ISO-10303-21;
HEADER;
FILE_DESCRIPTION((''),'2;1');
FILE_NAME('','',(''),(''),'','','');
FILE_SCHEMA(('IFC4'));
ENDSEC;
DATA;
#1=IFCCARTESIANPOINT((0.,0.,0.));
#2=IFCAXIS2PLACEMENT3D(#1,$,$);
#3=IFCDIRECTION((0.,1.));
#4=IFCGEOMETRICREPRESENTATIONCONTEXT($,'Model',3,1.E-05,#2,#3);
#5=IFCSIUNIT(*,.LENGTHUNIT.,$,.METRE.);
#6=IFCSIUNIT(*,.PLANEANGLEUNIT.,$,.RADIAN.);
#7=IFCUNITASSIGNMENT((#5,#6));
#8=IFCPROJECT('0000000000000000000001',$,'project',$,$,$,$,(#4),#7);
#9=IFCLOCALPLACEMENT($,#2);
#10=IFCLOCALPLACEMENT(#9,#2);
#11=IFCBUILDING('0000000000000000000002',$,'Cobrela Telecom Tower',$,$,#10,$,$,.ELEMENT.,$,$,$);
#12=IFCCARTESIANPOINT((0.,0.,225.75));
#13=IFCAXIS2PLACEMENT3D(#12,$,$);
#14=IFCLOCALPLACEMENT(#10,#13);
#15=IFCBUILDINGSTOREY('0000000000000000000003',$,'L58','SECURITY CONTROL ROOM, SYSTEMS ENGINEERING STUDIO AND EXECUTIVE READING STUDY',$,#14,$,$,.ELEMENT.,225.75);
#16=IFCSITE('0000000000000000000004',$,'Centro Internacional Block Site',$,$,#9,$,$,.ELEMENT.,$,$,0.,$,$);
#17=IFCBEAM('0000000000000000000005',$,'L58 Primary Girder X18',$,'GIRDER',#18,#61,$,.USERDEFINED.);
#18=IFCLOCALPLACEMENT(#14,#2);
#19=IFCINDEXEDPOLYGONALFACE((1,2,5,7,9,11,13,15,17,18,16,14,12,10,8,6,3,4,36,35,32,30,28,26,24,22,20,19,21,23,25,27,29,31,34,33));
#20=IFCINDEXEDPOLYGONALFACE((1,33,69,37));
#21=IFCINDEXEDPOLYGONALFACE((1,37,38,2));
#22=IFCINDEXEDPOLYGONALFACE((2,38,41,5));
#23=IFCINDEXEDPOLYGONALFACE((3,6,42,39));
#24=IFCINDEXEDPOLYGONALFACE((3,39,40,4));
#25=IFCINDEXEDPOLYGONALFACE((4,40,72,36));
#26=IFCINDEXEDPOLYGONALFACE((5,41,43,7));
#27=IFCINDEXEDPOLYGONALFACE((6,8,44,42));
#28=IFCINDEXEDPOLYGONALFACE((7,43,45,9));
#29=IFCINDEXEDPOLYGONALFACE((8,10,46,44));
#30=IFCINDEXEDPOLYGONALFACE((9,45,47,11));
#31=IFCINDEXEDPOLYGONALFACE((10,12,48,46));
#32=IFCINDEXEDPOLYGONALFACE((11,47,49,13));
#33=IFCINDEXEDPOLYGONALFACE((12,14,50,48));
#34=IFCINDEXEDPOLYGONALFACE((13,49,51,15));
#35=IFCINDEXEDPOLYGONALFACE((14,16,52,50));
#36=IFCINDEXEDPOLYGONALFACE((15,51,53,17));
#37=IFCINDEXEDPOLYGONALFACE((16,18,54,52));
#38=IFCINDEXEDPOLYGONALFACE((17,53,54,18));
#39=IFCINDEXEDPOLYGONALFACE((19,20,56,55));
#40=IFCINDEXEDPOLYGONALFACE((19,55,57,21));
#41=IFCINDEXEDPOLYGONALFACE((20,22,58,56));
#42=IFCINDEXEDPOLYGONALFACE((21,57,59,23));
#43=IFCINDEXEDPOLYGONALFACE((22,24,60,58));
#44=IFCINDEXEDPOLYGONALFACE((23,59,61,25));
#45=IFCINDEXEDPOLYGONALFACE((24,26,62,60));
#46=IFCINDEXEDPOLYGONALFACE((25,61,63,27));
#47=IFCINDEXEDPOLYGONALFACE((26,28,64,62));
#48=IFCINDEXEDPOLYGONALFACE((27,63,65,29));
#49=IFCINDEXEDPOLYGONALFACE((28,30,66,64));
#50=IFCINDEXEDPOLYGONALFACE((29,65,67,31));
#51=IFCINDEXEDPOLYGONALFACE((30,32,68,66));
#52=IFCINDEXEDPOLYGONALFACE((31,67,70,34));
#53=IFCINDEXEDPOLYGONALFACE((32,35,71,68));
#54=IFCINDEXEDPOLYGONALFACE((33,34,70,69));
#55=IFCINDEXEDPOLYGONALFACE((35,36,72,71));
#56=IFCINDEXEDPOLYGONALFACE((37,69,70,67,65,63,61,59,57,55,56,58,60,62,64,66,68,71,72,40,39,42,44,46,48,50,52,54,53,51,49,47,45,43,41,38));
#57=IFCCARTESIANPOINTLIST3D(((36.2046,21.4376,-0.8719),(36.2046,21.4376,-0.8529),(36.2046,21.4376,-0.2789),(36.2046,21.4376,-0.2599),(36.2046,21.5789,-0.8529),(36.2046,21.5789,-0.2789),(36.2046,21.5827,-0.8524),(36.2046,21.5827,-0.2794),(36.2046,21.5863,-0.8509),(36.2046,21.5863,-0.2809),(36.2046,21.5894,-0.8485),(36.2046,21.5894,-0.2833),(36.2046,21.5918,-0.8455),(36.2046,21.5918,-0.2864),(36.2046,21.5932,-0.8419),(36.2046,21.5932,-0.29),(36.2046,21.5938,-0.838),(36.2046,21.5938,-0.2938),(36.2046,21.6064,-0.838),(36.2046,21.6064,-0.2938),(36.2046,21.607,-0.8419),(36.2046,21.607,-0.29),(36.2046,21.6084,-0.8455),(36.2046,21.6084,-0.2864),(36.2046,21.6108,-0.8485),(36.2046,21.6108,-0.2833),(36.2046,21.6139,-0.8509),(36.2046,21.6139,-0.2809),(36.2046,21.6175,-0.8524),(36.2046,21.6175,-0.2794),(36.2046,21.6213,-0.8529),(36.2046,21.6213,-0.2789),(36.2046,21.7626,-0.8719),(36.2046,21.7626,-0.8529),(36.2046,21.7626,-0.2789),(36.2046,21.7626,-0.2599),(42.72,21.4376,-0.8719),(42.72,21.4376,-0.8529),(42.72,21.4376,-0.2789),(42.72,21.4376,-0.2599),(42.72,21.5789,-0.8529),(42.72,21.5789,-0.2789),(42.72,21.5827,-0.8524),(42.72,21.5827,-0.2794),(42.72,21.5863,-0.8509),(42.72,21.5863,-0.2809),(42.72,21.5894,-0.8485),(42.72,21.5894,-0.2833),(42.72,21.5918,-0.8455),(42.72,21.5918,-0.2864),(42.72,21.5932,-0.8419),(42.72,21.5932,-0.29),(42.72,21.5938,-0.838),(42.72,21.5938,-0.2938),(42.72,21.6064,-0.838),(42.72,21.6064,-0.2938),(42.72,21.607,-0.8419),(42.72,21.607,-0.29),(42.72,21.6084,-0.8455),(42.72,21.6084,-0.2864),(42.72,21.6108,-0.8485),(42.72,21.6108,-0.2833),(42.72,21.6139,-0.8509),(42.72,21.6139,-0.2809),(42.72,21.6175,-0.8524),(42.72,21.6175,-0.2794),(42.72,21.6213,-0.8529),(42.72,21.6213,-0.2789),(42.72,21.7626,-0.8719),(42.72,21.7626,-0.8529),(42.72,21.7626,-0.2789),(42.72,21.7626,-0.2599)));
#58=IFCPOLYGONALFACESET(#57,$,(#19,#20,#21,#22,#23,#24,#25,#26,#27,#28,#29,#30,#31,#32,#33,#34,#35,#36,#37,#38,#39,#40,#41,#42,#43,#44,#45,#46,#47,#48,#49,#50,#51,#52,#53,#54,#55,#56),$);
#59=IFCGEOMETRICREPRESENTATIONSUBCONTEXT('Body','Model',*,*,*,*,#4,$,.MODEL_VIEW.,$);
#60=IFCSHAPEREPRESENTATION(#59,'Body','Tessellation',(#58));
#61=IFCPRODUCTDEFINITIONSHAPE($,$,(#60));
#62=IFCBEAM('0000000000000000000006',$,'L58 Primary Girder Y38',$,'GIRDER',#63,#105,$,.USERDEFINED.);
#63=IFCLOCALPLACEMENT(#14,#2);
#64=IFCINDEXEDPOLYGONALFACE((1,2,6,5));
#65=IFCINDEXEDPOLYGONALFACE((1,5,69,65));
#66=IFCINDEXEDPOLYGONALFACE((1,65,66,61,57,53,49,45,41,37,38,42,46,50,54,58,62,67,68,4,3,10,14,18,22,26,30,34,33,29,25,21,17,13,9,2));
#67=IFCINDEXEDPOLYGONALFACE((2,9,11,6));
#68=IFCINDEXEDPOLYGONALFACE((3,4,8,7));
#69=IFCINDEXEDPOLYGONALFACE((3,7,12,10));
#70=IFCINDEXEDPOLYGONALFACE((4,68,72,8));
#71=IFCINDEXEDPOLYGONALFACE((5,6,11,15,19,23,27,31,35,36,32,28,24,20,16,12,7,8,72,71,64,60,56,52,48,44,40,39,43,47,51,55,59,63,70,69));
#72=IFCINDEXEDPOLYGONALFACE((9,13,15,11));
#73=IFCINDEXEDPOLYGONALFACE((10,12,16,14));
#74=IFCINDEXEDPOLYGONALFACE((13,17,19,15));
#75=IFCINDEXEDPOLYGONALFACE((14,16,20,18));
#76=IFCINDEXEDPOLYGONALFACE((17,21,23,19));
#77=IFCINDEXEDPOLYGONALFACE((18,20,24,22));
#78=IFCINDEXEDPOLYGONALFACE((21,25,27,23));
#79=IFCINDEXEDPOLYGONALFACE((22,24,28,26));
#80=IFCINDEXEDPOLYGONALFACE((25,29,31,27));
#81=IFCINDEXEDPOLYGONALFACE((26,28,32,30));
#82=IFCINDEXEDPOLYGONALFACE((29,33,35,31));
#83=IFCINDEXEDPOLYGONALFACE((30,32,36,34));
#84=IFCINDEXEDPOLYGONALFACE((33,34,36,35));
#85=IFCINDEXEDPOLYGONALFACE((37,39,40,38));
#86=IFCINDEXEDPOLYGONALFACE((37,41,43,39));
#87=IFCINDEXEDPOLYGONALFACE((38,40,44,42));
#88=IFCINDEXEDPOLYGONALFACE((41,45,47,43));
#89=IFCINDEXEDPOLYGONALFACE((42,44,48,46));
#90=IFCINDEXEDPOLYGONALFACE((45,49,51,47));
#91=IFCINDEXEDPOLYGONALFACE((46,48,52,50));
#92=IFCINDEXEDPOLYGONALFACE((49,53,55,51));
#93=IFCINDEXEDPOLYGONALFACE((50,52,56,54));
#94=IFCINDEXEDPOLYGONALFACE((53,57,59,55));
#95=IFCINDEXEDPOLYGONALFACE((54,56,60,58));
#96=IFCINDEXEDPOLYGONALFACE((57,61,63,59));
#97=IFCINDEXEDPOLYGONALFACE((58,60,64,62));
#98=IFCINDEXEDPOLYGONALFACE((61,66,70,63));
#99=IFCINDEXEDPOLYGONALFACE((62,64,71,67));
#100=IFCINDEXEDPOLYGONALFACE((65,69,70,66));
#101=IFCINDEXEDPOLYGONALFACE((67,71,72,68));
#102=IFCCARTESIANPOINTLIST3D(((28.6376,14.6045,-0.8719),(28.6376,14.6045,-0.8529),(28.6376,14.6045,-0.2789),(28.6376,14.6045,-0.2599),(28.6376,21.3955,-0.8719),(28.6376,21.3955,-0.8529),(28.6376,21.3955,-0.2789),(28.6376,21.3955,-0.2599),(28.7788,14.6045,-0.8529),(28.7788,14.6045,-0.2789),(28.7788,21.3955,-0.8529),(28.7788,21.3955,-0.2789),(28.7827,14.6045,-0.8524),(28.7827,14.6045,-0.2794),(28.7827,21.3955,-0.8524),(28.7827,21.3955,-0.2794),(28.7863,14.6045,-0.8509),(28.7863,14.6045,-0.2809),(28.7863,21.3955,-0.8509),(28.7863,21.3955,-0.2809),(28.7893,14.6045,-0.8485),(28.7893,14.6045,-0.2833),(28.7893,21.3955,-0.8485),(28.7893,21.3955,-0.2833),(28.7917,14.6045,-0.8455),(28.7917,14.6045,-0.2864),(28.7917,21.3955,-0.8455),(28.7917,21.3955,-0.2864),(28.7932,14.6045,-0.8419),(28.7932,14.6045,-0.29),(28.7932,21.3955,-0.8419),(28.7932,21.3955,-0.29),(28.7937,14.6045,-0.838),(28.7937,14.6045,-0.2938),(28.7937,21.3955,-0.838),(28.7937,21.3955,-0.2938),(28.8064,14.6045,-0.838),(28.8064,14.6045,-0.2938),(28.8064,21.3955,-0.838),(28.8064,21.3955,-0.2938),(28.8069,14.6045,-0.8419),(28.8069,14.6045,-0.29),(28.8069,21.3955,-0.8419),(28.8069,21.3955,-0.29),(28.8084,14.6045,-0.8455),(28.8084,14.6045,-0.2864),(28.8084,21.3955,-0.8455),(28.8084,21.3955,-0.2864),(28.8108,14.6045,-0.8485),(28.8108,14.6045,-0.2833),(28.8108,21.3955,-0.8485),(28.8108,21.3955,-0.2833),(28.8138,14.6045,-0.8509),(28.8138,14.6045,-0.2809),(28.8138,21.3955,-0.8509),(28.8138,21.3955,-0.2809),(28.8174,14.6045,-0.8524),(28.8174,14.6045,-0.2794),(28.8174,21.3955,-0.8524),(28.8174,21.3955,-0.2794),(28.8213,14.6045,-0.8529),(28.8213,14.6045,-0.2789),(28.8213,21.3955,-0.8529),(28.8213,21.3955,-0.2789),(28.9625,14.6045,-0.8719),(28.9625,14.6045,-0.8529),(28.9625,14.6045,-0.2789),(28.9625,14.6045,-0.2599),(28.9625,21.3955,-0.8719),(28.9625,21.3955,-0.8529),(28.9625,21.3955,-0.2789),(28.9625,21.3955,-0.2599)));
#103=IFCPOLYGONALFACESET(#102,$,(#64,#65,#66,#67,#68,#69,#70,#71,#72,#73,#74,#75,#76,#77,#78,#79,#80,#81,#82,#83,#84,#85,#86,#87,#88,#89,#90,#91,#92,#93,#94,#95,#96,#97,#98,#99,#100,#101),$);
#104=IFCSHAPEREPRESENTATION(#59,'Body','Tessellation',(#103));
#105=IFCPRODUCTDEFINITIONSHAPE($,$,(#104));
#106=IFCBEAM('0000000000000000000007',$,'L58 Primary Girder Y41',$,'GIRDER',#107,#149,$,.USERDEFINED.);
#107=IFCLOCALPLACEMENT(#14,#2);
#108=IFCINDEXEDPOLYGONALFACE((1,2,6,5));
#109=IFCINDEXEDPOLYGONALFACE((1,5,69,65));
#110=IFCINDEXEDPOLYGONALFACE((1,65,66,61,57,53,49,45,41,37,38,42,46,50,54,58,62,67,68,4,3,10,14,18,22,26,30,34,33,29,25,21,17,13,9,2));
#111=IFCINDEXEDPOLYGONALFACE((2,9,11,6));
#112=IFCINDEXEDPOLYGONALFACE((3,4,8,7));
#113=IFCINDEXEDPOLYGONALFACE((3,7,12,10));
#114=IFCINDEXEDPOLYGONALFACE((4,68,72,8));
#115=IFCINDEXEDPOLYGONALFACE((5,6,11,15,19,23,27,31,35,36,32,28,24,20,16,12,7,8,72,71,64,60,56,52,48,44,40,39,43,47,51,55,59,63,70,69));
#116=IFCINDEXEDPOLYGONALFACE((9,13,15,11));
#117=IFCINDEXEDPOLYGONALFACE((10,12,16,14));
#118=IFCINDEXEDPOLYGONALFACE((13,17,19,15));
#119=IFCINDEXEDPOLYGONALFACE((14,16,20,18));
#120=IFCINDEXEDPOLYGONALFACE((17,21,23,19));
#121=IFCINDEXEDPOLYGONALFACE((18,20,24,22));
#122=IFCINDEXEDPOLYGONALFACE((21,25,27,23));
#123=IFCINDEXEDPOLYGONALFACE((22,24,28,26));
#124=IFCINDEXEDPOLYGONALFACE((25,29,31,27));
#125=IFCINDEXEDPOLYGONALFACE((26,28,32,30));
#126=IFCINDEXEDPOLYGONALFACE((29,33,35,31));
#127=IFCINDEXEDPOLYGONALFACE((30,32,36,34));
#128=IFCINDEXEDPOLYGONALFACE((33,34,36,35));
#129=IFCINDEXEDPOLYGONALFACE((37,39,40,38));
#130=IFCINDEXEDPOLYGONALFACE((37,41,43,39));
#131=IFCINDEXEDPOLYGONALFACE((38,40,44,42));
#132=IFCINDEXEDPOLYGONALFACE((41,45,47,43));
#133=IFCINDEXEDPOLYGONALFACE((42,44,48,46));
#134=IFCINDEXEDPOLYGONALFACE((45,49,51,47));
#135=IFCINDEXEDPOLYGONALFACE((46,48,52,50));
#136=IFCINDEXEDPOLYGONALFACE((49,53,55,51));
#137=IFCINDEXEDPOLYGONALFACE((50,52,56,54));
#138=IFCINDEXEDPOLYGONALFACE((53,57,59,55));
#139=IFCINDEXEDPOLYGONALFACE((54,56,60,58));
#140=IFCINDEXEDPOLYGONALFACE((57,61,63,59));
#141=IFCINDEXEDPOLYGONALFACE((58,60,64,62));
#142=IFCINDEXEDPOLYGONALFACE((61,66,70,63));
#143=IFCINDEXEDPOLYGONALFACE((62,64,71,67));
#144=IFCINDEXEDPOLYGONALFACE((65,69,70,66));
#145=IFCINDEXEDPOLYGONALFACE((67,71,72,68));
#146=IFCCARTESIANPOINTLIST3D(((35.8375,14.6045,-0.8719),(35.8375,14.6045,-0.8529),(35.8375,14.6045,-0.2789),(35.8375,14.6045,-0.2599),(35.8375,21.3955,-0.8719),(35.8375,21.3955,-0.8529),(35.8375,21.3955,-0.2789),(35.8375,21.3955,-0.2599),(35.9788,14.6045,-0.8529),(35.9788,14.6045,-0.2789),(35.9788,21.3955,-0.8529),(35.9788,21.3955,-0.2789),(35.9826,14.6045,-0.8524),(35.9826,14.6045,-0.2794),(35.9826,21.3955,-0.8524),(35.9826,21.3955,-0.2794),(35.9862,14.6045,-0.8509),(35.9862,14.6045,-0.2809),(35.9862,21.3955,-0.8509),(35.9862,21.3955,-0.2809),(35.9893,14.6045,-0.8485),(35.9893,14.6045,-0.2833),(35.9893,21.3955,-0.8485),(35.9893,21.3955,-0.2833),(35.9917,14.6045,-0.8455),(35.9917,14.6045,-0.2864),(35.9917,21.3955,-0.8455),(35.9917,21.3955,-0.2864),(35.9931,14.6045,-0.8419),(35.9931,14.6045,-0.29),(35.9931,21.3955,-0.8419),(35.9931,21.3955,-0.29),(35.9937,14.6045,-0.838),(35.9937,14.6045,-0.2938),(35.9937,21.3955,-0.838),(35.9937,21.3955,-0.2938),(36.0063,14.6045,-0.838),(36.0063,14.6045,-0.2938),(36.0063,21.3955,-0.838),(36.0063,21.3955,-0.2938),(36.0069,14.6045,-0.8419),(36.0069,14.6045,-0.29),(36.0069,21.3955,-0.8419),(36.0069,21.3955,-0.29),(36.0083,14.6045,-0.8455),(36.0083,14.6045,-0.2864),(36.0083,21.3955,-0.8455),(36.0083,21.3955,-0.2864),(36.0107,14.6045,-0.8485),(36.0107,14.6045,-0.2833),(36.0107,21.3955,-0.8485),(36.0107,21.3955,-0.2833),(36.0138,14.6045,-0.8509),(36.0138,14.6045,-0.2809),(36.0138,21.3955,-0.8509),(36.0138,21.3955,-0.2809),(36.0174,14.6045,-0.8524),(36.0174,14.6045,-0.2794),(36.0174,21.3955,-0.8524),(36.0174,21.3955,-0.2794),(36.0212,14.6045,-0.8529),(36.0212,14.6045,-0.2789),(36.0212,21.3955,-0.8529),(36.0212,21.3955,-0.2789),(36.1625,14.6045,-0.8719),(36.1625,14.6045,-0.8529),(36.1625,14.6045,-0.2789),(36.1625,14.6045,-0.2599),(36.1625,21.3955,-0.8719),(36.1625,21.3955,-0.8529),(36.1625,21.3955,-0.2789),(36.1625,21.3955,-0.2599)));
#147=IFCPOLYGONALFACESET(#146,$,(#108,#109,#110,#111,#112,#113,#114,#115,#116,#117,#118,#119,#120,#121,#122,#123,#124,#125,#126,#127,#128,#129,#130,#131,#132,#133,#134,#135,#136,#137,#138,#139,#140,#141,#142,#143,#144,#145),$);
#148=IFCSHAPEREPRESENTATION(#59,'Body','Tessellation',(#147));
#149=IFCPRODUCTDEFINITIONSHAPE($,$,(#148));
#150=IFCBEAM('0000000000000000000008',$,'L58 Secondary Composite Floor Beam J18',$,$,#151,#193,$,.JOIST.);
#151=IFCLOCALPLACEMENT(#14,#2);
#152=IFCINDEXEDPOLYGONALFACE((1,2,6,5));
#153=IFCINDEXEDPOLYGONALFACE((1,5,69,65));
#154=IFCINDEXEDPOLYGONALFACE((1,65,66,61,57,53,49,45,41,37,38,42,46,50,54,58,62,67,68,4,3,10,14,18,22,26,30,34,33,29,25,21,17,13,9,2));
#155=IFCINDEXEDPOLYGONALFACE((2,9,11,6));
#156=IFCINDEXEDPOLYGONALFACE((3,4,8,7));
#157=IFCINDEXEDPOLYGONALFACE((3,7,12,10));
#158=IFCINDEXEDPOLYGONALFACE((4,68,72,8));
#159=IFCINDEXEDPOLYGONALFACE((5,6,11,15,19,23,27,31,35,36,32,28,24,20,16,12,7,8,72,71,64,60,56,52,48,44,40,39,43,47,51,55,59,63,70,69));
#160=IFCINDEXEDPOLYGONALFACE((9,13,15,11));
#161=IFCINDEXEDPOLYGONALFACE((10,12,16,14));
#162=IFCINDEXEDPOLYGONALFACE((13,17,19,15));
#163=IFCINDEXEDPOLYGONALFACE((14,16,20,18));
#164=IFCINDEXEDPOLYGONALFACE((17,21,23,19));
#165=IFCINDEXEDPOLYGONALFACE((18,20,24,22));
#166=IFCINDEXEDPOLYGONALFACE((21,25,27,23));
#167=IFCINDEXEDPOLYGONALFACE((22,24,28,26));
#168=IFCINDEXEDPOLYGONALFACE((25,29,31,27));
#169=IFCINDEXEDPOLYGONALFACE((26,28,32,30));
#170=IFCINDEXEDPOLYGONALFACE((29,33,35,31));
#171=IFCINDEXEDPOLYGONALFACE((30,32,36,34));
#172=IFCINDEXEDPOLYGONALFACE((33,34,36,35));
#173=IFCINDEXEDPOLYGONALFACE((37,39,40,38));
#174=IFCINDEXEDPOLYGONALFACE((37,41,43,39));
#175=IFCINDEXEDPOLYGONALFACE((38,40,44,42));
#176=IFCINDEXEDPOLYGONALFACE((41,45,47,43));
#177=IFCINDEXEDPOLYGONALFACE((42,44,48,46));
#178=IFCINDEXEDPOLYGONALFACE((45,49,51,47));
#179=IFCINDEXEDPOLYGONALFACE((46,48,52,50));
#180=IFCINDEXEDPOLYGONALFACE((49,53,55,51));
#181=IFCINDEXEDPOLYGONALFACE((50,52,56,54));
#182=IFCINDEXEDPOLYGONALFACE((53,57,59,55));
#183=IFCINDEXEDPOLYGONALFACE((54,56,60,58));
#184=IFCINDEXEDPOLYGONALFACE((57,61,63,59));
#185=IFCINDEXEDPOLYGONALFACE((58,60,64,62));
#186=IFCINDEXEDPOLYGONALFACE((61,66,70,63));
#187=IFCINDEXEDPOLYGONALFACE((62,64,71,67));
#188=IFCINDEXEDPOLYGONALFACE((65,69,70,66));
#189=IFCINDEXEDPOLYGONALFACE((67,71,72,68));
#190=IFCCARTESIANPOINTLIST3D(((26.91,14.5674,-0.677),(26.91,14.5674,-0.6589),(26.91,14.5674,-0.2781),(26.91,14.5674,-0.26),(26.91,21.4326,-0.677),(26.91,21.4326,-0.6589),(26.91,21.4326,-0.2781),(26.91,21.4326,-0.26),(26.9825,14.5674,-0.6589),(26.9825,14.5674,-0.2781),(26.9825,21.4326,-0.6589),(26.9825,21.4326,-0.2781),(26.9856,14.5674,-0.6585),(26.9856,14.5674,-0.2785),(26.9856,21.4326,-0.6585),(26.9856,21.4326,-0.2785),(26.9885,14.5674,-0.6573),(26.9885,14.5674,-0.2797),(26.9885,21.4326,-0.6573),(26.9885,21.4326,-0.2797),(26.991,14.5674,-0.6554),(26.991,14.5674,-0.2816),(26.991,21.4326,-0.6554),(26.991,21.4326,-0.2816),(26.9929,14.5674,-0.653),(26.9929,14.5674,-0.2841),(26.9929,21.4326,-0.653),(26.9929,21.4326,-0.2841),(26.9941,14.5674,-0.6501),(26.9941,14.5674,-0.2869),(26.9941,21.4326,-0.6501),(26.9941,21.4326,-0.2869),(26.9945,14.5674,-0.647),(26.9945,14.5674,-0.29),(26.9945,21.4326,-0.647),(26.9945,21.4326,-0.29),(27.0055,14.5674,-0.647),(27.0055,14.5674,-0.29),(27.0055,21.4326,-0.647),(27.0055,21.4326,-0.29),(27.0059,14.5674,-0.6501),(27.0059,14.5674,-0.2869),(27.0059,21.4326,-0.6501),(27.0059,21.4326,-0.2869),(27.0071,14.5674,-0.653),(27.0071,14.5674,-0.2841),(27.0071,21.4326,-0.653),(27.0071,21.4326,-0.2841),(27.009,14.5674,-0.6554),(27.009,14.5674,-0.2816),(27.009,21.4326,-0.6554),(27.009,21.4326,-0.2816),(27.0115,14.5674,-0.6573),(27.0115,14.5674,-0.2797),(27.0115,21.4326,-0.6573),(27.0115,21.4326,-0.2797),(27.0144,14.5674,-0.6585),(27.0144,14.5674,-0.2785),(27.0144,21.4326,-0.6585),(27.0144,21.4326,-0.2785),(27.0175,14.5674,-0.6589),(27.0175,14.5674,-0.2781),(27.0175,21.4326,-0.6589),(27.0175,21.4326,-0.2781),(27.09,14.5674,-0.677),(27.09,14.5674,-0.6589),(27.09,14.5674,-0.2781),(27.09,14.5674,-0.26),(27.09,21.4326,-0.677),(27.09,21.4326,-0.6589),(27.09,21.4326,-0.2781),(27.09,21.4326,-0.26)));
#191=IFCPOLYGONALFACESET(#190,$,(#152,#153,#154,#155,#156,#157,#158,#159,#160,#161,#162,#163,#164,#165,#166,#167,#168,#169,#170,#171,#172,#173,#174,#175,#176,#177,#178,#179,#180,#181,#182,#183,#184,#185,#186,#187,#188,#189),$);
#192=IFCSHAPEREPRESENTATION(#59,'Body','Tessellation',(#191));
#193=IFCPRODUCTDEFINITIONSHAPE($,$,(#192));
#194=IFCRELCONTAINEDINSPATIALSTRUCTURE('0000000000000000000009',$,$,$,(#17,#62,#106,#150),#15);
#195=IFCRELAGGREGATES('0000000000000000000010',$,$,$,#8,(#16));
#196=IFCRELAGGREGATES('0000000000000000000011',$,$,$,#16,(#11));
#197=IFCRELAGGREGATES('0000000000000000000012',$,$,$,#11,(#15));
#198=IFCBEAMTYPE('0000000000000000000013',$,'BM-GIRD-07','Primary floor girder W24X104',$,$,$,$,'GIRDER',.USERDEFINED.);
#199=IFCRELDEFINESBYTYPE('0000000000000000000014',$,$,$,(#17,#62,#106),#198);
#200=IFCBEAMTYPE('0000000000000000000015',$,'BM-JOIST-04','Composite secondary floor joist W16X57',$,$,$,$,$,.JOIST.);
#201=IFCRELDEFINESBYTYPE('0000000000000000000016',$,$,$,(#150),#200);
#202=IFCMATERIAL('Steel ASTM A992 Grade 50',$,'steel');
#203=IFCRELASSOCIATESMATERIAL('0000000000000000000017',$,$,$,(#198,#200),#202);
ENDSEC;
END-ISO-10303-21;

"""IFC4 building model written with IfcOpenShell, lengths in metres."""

from ifc_helpers import new_model, si_unit, direction, frame, origin, origin_2d, place, context, subcontext, project, spatial, i_section, extrude, material, material_profile, profile_set, type_object, element, save


model = new_model("IFC4")

# Units and contexts
model_context = context("Model", 3, precision=1e-05, world=origin(), true_north=direction((0.0, 1.0)))
body_context = subcontext(model_context, "Body", "Model", "MODEL_VIEW")
ifc_project = project(units=[si_unit("LENGTHUNIT", "METRE"), si_unit("PLANEANGLEUNIT", "RADIAN")], contexts=[model_context])

# Site, building, storey
site_placement = place(None, origin())
site = spatial("IfcSite", under=ifc_project, at=site_placement, Name="Centro Internacional Block Site", CompositionType="ELEMENT", RefElevation=0.0)
building_placement = place(site_placement, origin())
building = spatial("IfcBuilding", under=site, at=building_placement, Name="Cobrela Telecom Tower", CompositionType="ELEMENT")
storey_placement = place(building_placement, frame((0.0, 0.0, 225.75)))
storey = spatial("IfcBuildingStorey", under=building, at=storey_placement, Name="L58", Description="SECURITY CONTROL ROOM, SYSTEMS ENGINEERING STUDIO AND EXECUTIVE READING STUDY", CompositionType="ELEMENT", Elevation=225.75)

# Shared definitions
ifc_material_1 = material(Name="Steel ASTM A992 Grade 50", Category="steel")

# Beams
ifc_material_profile_1 = material_profile(ifc_material_1, i_section(OverallWidth=0.325, OverallDepth=0.6121, WebThickness=0.0127, FlangeThickness=0.019, FilletRadius=0.0149, at=origin_2d()), Name="W24X104")
ifc_profile_set_1 = profile_set([ifc_material_profile_1], Name="Steel ASTM A992 Grade 50")
beam_type_1 = type_object("IfcBeamType", Name="BM-GIRD-07", Description="Primary floor girder W24X104", ElementType="GIRDER", PredefinedType="USERDEFINED", material=ifc_profile_set_1)
beam_1_placement = place(storey_placement, frame((36.2046, 21.6001, -0.5659), z_axis=(1.0, 0.0, 0.0), x_axis=(0.0, 1.0, 0.0)))
element("IfcBeam", 1, at=beam_1_placement, inside=storey, type_object=beam_type_1, Name="L58 Primary Girder X18", ObjectType="GIRDER", PredefinedType="USERDEFINED", context=body_context, shape_type="SweptSolid", body=[
    extrude(i_section(OverallWidth=0.325, OverallDepth=0.6121, WebThickness=0.0127, FlangeThickness=0.019, FilletRadius=0.0149, at=origin_2d()), origin(), (0.0, 0.0, 1.0), 6.5154),
])
for number, where, z_axis, x_axis, name in (
    (2, (28.8, 14.6045, -0.5659), (0.0, 1.0, 0.0), (-1.0, 0.0, 0.0), "L58 Primary Girder Y38"),
    (3, (36.0, 14.6045, -0.5659), (0.0, 1.0, 0.0), (-1.0, 0.0, 0.0), "L58 Primary Girder Y41"),
):
    element("IfcBeam", number, at=place(storey_placement, frame(where, z_axis=z_axis, x_axis=x_axis)), inside=storey, type_object=beam_type_1, Name=name, ObjectType="GIRDER", PredefinedType="USERDEFINED", context=body_context, shape_type="SweptSolid", body=[
        extrude(i_section(OverallWidth=0.325, OverallDepth=0.6121, WebThickness=0.0127, FlangeThickness=0.019, FilletRadius=0.0149, at=origin_2d()), origin(), (0.0, 0.0, 1.0), 6.791),
    ])
ifc_material_profile_2 = material_profile(ifc_material_1, i_section(OverallWidth=0.1799, OverallDepth=0.417, WebThickness=0.011, FlangeThickness=0.0181, FilletRadius=0.012, at=origin_2d()), Name="W16X57")
ifc_profile_set_2 = profile_set([ifc_material_profile_2], Name="Steel ASTM A992 Grade 50")
beam_type_2 = type_object("IfcBeamType", Name="BM-JOIST-04", Description="Composite secondary floor joist W16X57", PredefinedType="JOIST", material=ifc_profile_set_2)
for number, where, z_axis, x_axis, name in (
    (4, (27.0, 14.5674, -0.4685), (0.0, 1.0, 0.0), (-1.0, 0.0, 0.0), "L58 Secondary Composite Floor Beam J18"),
):
    element("IfcBeam", number, at=place(storey_placement, frame(where, z_axis=z_axis, x_axis=x_axis)), inside=storey, type_object=beam_type_2, Name=name, PredefinedType="JOIST", context=body_context, shape_type="SweptSolid", body=[
        extrude(i_section(OverallWidth=0.1799, OverallDepth=0.417, WebThickness=0.011, FlangeThickness=0.0181, FilletRadius=0.012, at=origin_2d()), origin(), (0.0, 0.0, 1.0), 6.8652),
    ])

save(model, "model.ifc")
